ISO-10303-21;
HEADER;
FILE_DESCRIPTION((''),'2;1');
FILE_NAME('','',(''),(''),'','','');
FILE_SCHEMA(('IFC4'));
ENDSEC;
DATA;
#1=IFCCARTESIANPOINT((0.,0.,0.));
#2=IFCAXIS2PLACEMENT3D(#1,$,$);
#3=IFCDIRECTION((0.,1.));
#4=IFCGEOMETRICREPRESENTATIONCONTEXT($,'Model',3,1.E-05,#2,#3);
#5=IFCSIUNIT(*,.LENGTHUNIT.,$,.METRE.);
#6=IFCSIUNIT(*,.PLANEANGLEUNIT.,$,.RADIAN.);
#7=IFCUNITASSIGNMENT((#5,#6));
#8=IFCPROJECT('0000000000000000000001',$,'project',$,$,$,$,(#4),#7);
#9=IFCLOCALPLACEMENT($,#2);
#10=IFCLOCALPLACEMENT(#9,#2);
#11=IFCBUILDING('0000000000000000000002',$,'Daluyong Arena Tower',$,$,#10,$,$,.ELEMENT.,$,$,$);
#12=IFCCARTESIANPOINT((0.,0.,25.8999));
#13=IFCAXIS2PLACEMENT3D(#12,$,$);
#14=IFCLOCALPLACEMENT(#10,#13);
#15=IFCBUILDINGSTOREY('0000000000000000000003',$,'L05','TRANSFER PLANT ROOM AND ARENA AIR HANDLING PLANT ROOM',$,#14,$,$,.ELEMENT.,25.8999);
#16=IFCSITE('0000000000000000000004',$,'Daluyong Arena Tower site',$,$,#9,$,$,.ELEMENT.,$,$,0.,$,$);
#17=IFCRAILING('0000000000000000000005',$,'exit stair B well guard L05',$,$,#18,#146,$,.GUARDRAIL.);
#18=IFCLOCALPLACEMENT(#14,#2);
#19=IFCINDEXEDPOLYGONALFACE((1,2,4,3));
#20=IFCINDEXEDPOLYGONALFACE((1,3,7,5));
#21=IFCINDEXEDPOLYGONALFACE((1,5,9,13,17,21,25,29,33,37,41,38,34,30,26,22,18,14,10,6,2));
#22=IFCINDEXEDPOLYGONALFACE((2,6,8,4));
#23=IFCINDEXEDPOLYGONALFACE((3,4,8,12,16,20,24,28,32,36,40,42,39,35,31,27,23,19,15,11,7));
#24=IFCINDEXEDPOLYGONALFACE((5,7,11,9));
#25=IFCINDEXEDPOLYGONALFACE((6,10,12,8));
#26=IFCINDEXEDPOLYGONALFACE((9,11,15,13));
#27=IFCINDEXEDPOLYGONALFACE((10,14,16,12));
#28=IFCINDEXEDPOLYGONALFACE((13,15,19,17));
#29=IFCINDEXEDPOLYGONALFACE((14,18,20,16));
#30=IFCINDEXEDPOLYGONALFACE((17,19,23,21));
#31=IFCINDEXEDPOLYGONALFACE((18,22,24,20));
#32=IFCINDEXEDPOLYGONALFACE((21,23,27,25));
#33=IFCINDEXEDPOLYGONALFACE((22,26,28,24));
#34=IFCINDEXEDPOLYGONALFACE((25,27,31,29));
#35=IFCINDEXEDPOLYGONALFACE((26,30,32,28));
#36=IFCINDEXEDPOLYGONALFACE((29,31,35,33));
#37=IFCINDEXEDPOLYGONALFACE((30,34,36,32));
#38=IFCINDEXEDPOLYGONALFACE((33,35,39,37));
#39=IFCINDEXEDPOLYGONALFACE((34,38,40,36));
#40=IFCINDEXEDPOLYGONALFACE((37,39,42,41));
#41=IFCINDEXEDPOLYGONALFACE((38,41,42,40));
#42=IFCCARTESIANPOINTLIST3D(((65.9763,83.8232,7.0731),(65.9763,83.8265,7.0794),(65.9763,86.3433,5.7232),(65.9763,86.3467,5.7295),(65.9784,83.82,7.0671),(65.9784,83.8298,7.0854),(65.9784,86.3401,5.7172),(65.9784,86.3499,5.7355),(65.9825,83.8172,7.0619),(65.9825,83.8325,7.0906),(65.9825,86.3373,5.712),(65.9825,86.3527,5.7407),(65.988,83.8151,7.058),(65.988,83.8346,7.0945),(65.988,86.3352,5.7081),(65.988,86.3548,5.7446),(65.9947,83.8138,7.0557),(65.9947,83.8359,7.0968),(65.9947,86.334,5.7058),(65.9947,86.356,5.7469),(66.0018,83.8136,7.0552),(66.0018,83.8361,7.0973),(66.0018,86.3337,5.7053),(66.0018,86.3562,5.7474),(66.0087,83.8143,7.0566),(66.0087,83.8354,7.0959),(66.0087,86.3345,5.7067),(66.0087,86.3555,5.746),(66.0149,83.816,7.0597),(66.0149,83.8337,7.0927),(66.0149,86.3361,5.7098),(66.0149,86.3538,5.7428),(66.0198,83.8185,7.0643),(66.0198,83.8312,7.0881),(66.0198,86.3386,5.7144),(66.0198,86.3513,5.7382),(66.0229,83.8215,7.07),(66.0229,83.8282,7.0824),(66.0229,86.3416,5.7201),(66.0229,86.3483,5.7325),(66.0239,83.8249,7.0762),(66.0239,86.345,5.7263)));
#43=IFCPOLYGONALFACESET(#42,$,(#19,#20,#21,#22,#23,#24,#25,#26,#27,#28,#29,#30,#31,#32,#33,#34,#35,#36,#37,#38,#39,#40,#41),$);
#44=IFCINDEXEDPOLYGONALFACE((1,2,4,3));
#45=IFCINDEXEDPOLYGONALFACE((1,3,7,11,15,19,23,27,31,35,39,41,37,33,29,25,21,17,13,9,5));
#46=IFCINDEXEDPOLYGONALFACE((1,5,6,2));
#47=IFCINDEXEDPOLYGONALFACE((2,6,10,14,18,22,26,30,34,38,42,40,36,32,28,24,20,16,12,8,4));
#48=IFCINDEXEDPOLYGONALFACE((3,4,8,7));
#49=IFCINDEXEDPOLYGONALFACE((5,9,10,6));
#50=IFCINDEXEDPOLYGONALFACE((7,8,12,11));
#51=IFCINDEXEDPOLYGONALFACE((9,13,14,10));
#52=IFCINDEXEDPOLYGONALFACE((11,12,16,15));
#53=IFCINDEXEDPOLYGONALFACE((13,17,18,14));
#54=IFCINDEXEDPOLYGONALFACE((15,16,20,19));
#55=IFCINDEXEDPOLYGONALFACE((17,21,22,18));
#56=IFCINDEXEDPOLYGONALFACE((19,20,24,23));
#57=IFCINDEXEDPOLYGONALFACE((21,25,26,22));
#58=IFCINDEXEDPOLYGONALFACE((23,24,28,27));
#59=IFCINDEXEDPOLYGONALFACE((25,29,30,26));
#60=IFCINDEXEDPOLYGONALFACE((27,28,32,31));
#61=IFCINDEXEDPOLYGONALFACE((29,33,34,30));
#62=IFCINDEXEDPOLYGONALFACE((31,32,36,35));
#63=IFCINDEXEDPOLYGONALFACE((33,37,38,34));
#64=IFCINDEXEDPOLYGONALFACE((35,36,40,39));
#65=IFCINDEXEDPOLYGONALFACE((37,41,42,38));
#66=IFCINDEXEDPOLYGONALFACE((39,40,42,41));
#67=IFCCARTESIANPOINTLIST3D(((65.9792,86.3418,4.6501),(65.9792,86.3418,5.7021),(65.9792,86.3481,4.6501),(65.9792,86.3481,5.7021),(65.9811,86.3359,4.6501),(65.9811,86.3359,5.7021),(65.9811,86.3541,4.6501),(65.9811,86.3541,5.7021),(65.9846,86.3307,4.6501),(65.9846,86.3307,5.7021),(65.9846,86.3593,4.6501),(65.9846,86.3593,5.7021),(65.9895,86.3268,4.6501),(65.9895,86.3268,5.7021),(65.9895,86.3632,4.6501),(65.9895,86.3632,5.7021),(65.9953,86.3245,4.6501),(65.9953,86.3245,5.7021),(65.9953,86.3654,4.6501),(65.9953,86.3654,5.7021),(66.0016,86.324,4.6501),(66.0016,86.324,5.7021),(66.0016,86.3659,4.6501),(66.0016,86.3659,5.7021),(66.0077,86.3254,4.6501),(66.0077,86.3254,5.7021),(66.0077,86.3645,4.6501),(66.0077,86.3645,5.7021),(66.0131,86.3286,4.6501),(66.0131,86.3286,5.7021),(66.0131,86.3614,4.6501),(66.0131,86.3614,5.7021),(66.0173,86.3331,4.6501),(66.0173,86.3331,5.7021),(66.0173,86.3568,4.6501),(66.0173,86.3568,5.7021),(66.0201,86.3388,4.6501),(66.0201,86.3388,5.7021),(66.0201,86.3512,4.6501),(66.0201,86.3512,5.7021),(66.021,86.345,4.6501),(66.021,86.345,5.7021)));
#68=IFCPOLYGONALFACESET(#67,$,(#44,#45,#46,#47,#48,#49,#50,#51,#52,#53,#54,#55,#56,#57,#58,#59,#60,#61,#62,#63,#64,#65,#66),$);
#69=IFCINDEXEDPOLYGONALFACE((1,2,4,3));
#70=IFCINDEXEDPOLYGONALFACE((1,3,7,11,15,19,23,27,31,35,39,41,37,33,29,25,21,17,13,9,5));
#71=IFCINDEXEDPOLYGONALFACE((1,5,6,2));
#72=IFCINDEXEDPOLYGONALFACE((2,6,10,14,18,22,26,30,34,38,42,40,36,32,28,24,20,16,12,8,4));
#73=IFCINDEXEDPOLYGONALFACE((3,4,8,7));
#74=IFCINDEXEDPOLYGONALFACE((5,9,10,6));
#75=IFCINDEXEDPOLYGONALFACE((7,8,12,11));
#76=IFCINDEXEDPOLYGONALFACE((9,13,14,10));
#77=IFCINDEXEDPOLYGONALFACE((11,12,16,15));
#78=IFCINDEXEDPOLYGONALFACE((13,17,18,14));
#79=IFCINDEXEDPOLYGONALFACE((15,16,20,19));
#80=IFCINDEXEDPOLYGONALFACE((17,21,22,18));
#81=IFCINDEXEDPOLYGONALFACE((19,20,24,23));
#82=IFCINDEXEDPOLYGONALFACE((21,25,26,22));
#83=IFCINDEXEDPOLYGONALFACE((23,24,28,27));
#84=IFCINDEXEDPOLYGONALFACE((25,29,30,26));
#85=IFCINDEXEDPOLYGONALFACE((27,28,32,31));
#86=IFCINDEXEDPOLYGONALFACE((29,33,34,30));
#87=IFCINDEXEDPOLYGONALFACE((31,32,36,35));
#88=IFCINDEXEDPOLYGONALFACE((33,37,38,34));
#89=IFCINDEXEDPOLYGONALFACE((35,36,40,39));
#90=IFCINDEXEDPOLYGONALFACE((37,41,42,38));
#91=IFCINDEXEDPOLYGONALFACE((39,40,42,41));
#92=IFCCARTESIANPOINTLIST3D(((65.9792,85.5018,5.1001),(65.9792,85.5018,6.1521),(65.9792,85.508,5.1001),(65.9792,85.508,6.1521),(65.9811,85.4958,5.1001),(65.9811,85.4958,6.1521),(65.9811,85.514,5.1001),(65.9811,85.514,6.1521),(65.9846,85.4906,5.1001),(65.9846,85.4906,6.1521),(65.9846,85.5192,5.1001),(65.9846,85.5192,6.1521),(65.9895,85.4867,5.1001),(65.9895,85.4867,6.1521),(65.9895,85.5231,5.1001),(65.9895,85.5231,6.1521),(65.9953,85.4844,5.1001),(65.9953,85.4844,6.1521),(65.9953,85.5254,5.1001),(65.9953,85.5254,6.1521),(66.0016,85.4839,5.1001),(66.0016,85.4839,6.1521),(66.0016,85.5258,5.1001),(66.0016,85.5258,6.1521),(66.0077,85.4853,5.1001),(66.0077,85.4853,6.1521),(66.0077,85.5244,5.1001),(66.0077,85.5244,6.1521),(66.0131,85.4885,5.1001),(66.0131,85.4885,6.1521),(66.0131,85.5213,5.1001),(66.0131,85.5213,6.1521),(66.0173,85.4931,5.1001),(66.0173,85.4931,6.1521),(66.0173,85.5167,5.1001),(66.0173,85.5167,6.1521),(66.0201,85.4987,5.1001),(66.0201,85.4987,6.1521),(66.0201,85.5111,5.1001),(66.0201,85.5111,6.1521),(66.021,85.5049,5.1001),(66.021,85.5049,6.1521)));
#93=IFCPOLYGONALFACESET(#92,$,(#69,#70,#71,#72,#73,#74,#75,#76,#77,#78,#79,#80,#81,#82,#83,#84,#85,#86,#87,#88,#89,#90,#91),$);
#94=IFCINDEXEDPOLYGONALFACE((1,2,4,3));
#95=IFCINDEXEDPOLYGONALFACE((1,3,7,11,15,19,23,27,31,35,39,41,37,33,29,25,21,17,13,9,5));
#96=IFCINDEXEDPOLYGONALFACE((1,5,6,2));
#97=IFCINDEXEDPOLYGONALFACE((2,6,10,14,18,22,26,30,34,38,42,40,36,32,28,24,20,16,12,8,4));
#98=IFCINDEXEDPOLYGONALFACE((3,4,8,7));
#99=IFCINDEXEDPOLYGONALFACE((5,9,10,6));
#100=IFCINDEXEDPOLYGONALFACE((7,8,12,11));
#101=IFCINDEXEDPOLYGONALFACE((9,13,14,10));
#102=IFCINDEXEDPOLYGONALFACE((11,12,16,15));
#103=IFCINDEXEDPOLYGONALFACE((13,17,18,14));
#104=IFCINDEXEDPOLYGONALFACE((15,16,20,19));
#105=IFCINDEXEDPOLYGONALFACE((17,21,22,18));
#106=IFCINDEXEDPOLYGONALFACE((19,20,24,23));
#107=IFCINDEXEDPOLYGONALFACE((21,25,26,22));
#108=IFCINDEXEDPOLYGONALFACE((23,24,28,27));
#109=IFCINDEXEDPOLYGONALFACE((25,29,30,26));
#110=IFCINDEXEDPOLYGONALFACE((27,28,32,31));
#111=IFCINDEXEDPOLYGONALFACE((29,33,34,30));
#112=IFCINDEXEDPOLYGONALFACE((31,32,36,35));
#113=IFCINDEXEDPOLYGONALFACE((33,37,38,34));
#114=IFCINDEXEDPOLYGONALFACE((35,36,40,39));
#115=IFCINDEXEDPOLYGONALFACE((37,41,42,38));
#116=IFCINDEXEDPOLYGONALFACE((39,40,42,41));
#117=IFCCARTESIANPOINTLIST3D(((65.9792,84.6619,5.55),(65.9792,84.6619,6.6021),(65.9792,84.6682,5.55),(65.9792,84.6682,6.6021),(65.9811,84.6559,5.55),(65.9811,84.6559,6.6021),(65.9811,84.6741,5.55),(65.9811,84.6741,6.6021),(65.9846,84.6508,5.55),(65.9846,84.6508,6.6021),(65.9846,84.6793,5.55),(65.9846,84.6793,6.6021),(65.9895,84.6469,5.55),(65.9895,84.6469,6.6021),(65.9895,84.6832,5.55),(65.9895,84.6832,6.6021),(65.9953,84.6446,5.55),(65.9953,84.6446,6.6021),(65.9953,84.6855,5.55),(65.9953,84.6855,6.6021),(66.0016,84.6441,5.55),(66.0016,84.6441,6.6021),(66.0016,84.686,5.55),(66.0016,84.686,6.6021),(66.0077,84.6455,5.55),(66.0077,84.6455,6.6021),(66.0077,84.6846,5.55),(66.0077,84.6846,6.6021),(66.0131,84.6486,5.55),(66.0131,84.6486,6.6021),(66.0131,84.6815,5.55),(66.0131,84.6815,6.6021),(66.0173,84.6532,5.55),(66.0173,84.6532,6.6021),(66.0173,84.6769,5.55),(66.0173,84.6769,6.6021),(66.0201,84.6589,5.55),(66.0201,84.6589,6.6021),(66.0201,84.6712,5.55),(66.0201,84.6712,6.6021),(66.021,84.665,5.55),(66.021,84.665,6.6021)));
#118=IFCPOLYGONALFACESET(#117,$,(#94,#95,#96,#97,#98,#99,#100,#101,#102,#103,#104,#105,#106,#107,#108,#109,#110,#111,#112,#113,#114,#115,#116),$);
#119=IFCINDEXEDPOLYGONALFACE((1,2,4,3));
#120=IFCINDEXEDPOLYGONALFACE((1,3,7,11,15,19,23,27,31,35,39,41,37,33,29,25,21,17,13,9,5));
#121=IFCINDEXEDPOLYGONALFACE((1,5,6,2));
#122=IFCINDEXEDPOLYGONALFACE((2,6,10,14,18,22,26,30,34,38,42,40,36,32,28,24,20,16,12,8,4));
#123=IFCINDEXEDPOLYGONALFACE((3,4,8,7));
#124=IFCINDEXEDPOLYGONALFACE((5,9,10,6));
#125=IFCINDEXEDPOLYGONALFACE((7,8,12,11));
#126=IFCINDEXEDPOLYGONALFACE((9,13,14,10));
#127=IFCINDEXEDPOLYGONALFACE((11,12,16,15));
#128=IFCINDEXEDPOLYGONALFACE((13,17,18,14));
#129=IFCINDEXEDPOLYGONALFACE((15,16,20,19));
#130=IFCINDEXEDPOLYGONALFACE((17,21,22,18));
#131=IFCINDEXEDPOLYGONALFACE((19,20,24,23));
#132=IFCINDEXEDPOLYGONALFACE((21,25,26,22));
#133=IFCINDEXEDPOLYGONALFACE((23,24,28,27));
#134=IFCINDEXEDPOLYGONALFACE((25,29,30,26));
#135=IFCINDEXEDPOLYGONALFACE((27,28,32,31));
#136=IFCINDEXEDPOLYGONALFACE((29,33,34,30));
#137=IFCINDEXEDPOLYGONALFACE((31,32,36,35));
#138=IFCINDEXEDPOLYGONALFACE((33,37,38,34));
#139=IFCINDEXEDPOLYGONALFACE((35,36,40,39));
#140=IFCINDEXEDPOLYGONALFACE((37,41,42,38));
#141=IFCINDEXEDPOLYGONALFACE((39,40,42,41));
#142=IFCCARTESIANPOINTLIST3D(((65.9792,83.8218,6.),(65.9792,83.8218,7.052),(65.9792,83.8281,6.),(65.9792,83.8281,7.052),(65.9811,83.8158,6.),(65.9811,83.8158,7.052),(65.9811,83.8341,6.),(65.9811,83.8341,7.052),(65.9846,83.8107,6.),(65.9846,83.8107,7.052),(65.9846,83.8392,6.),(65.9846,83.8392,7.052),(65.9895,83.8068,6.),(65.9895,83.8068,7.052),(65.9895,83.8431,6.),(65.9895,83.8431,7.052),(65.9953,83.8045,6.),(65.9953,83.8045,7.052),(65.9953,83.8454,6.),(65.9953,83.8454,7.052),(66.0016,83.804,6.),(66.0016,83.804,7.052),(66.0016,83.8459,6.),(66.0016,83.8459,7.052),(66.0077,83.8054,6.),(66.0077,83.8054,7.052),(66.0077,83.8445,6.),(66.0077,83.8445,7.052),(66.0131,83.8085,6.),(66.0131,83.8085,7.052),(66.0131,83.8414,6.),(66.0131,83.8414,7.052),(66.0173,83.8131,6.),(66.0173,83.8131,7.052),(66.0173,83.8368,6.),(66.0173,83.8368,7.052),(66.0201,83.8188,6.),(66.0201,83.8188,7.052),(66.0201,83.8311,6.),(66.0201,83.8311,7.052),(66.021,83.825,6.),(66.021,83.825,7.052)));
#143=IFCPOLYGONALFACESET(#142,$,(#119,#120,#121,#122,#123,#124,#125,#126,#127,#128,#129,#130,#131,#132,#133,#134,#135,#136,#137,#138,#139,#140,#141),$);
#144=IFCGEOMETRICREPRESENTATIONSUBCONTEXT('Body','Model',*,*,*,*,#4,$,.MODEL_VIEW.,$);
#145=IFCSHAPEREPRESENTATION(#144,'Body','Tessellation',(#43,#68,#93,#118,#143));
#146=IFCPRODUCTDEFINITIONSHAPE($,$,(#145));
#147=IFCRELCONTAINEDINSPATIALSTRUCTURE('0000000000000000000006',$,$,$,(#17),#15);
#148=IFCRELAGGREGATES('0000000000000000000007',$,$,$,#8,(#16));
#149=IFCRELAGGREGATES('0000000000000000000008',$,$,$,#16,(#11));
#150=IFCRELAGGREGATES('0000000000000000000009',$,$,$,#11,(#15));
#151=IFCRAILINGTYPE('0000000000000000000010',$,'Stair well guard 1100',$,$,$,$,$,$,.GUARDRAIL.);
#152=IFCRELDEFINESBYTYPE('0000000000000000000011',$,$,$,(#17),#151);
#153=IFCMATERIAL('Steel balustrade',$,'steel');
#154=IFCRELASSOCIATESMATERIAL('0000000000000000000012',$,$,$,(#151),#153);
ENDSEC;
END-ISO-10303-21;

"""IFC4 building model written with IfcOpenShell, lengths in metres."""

from ifc_helpers import new_model, si_unit, direction, frame, origin, origin_2d, place, context, subcontext, project, spatial, circle, extrude, material, type_object, element, save


model = new_model("IFC4")

# Units and contexts
model_context = context("Model", 3, precision=1e-05, world=origin(), true_north=direction((0.0, 1.0)))
body_context = subcontext(model_context, "Body", "Model", "MODEL_VIEW")
ifc_project = project(units=[si_unit("LENGTHUNIT", "METRE"), si_unit("PLANEANGLEUNIT", "RADIAN")], contexts=[model_context])

# Site, building, storey
site_placement = place(None, origin())
site = spatial("IfcSite", under=ifc_project, at=site_placement, Name="Daluyong Arena Tower site", CompositionType="ELEMENT", RefElevation=0.0)
building_placement = place(site_placement, origin())
building = spatial("IfcBuilding", under=site, at=building_placement, Name="Daluyong Arena Tower", CompositionType="ELEMENT")
storey_placement = place(building_placement, frame((0.0, 0.0, 25.8999)))
storey = spatial("IfcBuildingStorey", under=building, at=storey_placement, Name="L05", Description="TRANSFER PLANT ROOM AND ARENA AIR HANDLING PLANT ROOM", CompositionType="ELEMENT", Elevation=25.8999)

# Railing
ifc_material_1 = material(Name="Steel balustrade", Category="steel")
railing_type_1 = type_object("IfcRailingType", Name="Stair well guard 1100", PredefinedType="GUARDRAIL", material=ifc_material_1)
railing_1_placement = place(storey_placement, frame((66.0, 86.345, 4.6501)))
element("IfcRailing", 1, at=railing_1_placement, inside=storey, type_object=railing_type_1, Name="exit stair B well guard L05", PredefinedType="GUARDRAIL", context=body_context, shape_type="SweptSolid", body=[
    extrude(circle(Radius=0.0239, at=origin_2d()), frame((0.0, 0.0, 1.0762), z_axis=(0.0, -0.881503, 0.472179), x_axis=(1.0, 0.0, 0.0)), (0.0, 0.0, 1.0), 2.8589),
    extrude(circle(Radius=0.021, at=origin_2d()), origin(), (0.0, 0.0, 1.0), 1.052),
    extrude(circle(Radius=0.021, at=origin_2d()), frame((0.0, -0.8401, 0.45)), (0.0, 0.0, 1.0), 1.052),
    extrude(circle(Radius=0.021, at=origin_2d()), frame((0.0, -1.6799, 0.8999)), (0.0, 0.0, 1.0), 1.052),
    extrude(circle(Radius=0.021, at=origin_2d()), frame((0.0, -2.52, 1.3499)), (0.0, 0.0, 1.0), 1.052),
])

save(model, "model.ifc")
